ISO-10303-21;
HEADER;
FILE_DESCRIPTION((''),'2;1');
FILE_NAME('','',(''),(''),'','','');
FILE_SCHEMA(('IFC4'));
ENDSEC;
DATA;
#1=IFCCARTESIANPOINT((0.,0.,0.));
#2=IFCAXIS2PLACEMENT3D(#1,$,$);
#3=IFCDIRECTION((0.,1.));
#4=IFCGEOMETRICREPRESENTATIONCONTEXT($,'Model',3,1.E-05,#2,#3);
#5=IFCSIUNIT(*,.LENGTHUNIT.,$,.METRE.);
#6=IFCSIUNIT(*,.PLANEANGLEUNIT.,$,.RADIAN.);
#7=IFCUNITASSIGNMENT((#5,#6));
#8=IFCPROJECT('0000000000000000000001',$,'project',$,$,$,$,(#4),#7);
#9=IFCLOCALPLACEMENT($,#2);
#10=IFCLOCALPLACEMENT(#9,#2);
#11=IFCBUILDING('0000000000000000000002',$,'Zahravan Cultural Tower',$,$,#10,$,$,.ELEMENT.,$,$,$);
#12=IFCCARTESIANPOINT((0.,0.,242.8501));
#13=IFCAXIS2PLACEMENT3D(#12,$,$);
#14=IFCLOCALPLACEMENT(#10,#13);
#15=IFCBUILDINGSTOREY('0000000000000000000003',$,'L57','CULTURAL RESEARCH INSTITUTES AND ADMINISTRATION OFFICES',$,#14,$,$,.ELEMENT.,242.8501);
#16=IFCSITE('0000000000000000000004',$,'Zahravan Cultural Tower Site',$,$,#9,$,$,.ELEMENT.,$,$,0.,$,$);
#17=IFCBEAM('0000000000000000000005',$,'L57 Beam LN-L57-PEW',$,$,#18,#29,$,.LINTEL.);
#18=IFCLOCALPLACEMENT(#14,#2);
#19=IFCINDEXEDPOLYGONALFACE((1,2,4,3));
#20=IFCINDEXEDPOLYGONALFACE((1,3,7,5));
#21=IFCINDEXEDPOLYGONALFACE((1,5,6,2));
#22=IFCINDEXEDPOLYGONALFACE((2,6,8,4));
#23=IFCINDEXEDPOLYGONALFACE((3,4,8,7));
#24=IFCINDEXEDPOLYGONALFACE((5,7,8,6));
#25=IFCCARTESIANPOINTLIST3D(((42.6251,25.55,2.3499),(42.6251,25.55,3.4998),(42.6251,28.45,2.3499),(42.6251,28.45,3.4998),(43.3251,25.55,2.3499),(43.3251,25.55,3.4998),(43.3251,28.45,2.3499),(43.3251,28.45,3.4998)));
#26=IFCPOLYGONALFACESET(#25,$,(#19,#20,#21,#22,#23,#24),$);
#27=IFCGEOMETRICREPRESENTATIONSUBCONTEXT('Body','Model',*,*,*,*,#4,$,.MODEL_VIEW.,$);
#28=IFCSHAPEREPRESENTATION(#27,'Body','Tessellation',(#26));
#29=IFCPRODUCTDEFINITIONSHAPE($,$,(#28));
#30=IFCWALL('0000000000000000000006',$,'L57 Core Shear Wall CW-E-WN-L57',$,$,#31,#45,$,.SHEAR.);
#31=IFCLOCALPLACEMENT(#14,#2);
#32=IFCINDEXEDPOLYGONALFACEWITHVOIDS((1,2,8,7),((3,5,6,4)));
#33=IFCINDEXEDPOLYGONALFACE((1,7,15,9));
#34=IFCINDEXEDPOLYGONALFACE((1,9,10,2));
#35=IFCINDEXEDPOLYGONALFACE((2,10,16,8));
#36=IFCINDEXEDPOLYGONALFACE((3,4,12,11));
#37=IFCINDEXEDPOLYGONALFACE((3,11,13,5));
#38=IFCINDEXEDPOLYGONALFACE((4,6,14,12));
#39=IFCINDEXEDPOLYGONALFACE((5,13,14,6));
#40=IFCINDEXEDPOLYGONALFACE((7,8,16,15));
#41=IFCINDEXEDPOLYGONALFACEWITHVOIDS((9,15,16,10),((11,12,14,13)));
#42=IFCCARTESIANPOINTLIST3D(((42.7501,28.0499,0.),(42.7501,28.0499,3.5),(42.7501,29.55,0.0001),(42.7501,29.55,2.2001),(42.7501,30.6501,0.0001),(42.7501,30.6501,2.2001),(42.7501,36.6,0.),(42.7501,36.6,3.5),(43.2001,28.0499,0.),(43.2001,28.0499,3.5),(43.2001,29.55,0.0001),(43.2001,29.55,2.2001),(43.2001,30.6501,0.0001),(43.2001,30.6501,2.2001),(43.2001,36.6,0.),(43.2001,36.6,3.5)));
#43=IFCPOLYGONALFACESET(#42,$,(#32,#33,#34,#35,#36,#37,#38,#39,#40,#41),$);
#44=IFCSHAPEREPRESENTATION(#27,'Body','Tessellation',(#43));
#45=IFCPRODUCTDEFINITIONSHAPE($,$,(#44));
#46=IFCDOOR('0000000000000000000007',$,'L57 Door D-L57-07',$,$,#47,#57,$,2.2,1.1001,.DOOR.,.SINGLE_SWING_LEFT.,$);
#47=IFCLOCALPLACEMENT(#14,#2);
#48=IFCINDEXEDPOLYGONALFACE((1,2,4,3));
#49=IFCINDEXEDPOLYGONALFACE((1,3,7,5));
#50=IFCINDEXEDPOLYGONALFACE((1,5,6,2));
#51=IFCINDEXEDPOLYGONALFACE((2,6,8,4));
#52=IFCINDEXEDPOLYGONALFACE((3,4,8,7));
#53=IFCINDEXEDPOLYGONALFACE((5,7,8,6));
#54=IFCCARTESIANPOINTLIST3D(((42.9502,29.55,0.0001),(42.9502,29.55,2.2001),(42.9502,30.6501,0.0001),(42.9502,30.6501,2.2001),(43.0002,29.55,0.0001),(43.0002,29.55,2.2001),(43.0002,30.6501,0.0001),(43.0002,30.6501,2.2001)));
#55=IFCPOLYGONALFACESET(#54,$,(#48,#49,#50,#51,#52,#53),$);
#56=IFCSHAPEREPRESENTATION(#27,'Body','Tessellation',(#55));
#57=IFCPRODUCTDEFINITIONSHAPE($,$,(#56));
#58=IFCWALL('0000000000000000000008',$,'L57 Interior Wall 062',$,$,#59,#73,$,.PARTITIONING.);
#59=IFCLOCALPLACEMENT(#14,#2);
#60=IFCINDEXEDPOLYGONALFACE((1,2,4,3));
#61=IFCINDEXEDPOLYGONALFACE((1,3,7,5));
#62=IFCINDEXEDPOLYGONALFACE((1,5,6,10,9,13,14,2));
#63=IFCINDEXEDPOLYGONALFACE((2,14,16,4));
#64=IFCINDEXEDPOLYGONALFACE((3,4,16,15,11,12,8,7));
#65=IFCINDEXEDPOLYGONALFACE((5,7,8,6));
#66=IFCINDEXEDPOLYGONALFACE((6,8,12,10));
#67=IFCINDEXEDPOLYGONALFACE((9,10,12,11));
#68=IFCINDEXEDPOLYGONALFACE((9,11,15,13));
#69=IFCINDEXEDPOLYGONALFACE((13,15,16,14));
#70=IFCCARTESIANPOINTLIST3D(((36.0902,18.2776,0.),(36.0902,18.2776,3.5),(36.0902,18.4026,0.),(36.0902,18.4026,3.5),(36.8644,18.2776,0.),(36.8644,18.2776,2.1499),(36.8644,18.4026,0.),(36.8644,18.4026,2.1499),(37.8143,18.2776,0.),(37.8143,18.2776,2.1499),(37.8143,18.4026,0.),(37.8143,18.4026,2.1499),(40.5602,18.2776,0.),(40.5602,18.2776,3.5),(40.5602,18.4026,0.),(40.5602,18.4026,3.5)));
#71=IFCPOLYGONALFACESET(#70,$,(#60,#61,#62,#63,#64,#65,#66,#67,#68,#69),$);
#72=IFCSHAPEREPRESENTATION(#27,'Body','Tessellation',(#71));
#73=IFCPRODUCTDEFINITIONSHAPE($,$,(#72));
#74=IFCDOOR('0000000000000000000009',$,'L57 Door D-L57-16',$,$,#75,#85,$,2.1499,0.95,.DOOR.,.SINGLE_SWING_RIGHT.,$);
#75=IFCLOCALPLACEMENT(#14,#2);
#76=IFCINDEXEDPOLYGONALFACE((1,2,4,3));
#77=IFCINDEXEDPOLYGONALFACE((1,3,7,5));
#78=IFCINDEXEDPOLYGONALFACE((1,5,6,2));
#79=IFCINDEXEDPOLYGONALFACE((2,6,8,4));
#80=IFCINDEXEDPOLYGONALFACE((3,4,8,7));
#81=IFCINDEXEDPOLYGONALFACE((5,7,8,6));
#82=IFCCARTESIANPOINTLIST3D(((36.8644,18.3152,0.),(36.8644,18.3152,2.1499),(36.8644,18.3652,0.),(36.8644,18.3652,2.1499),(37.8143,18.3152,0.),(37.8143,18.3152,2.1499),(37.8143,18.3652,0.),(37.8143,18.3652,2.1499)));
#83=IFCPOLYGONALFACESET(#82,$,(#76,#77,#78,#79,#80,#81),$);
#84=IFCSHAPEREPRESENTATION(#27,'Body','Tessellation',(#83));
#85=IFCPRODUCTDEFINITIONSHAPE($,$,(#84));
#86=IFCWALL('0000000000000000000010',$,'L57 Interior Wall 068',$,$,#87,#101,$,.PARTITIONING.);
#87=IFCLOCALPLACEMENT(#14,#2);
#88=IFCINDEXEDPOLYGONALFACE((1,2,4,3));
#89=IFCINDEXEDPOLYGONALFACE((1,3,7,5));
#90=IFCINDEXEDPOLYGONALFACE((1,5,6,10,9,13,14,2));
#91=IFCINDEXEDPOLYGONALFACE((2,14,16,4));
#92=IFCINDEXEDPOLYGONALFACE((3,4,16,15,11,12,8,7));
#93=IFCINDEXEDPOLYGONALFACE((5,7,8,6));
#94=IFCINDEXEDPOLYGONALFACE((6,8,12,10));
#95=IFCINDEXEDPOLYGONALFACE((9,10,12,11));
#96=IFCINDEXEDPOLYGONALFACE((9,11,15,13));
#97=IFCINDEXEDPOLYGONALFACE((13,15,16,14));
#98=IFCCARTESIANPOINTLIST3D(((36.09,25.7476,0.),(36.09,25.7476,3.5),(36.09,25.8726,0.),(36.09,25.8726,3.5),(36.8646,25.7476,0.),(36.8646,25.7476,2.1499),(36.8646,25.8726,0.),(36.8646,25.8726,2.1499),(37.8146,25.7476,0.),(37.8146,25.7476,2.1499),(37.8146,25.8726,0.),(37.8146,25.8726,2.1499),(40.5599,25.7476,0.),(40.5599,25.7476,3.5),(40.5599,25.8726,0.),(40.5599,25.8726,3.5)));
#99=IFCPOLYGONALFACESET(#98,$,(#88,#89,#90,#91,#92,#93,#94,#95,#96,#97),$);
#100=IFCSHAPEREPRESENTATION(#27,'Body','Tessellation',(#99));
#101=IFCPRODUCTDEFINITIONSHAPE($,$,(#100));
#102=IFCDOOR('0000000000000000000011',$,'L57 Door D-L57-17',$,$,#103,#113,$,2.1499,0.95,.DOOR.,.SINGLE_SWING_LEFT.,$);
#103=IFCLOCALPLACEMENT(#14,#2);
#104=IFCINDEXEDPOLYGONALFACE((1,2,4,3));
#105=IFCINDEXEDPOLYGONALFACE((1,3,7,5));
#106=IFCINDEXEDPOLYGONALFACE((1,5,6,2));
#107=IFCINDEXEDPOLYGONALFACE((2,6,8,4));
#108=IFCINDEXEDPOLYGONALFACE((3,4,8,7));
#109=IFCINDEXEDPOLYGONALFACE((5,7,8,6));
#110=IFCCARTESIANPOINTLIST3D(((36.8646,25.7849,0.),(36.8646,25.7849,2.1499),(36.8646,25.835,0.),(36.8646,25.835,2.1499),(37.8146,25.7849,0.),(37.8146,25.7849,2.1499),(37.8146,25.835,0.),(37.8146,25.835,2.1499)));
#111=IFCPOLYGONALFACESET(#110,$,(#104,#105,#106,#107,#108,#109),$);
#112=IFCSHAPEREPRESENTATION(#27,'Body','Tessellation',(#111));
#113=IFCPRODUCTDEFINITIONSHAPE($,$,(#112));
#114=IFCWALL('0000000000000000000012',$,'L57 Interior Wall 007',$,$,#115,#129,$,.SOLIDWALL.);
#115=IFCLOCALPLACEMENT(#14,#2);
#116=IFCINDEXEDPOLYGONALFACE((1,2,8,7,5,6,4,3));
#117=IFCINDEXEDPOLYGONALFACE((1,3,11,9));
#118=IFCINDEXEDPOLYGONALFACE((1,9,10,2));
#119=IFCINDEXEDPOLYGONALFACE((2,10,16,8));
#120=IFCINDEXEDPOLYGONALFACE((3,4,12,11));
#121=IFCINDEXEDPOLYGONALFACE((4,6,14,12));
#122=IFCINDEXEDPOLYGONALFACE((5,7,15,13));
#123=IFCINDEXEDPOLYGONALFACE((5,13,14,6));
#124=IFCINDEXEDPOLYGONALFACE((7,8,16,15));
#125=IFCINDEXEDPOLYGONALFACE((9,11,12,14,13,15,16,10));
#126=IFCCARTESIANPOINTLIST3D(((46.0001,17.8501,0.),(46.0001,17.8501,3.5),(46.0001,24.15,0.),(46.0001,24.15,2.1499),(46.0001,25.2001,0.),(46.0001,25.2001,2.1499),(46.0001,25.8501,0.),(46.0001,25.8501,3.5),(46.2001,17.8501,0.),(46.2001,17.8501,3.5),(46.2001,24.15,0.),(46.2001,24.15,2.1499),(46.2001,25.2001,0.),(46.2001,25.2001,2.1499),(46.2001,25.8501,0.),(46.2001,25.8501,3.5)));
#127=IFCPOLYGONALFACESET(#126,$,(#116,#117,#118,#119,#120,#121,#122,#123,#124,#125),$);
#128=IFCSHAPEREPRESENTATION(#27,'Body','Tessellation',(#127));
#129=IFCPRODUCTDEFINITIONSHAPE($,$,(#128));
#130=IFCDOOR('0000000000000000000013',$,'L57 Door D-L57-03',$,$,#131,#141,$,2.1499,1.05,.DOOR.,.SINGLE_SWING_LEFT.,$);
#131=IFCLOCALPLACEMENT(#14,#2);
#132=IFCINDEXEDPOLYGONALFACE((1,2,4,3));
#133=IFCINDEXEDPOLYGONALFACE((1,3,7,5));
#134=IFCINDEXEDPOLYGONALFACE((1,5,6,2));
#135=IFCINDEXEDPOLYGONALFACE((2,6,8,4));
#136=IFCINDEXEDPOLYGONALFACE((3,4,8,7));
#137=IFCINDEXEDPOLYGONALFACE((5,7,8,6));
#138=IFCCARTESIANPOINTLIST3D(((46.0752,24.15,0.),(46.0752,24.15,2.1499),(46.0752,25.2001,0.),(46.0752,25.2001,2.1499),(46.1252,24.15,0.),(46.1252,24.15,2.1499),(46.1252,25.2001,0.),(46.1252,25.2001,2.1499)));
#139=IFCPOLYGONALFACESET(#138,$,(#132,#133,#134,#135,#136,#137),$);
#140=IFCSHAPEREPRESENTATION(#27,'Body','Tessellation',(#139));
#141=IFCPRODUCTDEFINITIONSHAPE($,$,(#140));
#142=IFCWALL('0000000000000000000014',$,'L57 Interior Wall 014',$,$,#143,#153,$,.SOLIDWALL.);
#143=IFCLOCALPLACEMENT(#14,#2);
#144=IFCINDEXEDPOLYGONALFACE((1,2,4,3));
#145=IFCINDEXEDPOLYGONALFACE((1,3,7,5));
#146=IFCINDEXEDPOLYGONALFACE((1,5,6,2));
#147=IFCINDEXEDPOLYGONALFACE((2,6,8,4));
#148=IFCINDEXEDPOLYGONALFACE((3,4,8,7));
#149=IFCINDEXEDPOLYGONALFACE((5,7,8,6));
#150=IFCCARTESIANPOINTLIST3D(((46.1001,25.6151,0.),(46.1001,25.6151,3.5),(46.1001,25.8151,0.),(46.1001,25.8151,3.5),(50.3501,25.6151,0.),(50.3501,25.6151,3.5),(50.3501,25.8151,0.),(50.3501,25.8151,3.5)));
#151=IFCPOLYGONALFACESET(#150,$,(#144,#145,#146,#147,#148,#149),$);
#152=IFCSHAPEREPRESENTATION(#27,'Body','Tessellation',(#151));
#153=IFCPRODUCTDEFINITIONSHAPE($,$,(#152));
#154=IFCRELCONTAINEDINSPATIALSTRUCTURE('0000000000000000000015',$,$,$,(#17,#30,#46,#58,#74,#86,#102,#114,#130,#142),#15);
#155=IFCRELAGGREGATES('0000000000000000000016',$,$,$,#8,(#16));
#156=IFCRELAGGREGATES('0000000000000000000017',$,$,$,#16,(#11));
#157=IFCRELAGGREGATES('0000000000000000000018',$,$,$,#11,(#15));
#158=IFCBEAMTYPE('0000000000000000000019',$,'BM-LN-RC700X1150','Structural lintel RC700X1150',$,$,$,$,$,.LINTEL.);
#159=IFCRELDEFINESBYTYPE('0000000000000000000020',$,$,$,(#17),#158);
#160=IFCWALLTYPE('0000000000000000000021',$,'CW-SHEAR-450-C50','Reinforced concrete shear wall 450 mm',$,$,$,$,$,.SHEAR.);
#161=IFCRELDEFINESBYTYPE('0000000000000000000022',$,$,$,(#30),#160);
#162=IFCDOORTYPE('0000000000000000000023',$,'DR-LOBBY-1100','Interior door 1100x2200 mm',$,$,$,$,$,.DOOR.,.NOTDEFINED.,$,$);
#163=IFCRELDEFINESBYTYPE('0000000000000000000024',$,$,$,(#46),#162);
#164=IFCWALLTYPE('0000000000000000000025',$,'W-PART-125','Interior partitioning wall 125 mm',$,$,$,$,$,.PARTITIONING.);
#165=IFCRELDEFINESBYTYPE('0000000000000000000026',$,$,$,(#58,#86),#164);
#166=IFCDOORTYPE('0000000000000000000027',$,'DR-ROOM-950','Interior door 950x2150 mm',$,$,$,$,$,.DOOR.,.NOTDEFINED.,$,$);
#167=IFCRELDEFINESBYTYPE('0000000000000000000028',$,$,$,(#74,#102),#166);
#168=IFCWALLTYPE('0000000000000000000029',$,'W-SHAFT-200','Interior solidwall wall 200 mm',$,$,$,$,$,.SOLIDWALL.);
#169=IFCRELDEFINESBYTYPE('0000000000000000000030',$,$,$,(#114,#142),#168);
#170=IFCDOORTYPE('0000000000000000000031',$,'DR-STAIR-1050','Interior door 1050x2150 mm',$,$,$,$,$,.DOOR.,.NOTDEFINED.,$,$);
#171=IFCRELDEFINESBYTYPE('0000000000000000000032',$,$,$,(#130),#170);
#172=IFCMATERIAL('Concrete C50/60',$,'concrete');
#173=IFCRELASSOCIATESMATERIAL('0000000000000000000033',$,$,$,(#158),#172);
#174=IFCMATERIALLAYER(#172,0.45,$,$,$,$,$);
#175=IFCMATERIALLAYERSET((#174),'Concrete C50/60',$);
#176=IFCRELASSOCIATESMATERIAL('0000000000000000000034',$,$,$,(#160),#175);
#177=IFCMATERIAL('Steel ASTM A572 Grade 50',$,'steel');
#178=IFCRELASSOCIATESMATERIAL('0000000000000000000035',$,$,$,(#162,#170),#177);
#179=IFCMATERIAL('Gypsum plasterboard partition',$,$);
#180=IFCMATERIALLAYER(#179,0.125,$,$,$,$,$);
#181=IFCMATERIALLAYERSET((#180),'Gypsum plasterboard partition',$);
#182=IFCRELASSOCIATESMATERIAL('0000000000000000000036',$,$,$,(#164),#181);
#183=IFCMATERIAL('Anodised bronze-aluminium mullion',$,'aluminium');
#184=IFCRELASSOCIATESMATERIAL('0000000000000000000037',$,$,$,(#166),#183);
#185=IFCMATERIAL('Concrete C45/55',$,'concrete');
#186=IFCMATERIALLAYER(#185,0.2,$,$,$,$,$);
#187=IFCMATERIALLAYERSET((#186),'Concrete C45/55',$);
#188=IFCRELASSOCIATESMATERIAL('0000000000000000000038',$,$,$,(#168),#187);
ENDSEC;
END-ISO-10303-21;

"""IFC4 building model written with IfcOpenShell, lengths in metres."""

from ifc_helpers import new_model, si_unit, direction, frame, frame_2d, origin, origin_2d, place, context, subcontext, project, spatial, rectangle, extrude, source, transform, mapped, material, layer, layer_set, material_profile, profile_set, type_object, element, fill, save


model = new_model("IFC4")

# Units and contexts
model_context = context("Model", 3, precision=1e-05, world=origin(), true_north=direction((0.0, 1.0)))
body_context = subcontext(model_context, "Body", "Model", "MODEL_VIEW")
ifc_project = project(units=[si_unit("LENGTHUNIT", "METRE"), si_unit("PLANEANGLEUNIT", "RADIAN")], contexts=[model_context])

# Site, building, storey
site_placement = place(None, origin())
site = spatial("IfcSite", under=ifc_project, at=site_placement, Name="Zahravan Cultural Tower Site", CompositionType="ELEMENT", RefElevation=0.0)
building_placement = place(site_placement, origin())
building = spatial("IfcBuilding", under=site, at=building_placement, Name="Zahravan Cultural Tower", CompositionType="ELEMENT")
storey_placement = place(building_placement, frame((0.0, 0.0, 242.8501)))
storey = spatial("IfcBuildingStorey", under=building, at=storey_placement, Name="L57", Description="CULTURAL RESEARCH INSTITUTES AND ADMINISTRATION OFFICES", CompositionType="ELEMENT", Elevation=242.8501)

# Beam
ifc_material_1 = material(Name="Concrete C50/60", Category="concrete")
ifc_material_profile = material_profile(ifc_material_1, rectangle(XDim=0.7, YDim=1.1499, at=origin_2d()), Name="RC700X1150")
ifc_profile_set = profile_set([ifc_material_profile], Name="Concrete C50/60")
beam_type = type_object("IfcBeamType", Name="BM-LN-RC700X1150", Description="Structural lintel RC700X1150", PredefinedType="LINTEL", material=ifc_profile_set)
shared_shape_1 = source(origin(), body_context, "Body", "SweptSolid", [
    extrude(rectangle(XDim=0.7, YDim=1.1499, at=origin_2d()), origin(), (0.0, 0.0, 1.0), 2.8999),
])
beam_placement = place(storey_placement, frame((42.9751, 25.55, 2.9248), z_axis=(0.0, 1.0, 0.0), x_axis=(-1.0, 0.0, 0.0)))
element("IfcBeam", 1, at=beam_placement, inside=storey, type_object=beam_type, Name="L57 Beam LN-L57-PEW", PredefinedType="LINTEL", context=body_context, shape_type="MappedRepresentation", body=[
    mapped(shared_shape_1, transform((0.0, 0.0, 0.0), x_axis=(1.0, 0.0, 0.0), y_axis=(0.0, 1.0, 0.0), z_axis=(0.0, 0.0, 1.0), scale=1.0)),
])

# Walls, openings, doors
ifc_layer_1 = layer(ifc_material_1, 0.45)
ifc_layer_set_1 = layer_set([ifc_layer_1], Name="Concrete C50/60")
wall_type_1 = type_object("IfcWallType", Name="CW-SHEAR-450-C50", Description="Reinforced concrete shear wall 450 mm", PredefinedType="SHEAR", material=ifc_layer_set_1)
wall_1_placement = place(storey_placement, frame((42.9751, 28.05, 0.0), z_axis=(0.0, 0.0, 1.0), x_axis=(0.0, 1.0, 0.0)))
wall_1 = element("IfcWall", 2, at=wall_1_placement, inside=storey, type_object=wall_type_1, Name="L57 Core Shear Wall CW-E-WN-L57", PredefinedType="SHEAR", context=body_context, shape_type="SweptSolid", body=[
    extrude(rectangle(XDim=8.55, YDim=0.45, at=frame_2d((4.2749, 0.0))), origin(), (0.0, 0.0, 1.0), 3.5),
])
opening_1_placement = place(wall_1_placement, frame((1.5, 0.0, 0.0)))
opening_1 = element("IfcOpeningElement", 3, at=opening_1_placement, cuts=wall_1, PredefinedType="OPENING", context=body_context, shape_type="SweptSolid", body=[
    extrude(rectangle(XDim=1.1001, YDim=2.2, at=frame_2d((0.55, 1.1001))), frame((0.0, 0.2349, 0.0), z_axis=(0.0, -1.0, 0.0), x_axis=(1.0, 0.0, 0.0)), (0.0, 0.0, 1.0), 0.47),
])
ifc_material_2 = material(Name="Steel ASTM A572 Grade 50", Category="steel")
door_type_1 = type_object("IfcDoorType", Name="DR-LOBBY-1100", Description="Interior door 1100x2200 mm", OperationType="NOTDEFINED", PredefinedType="DOOR", material=ifc_material_2)
shared_shape_2 = source(origin(), body_context, "Body", "SweptSolid", [
    extrude(rectangle(XDim=1.1001, YDim=2.2, at=frame_2d((0.55, 1.1001))), frame((0.0, 0.0249, 0.0), z_axis=(0.0, -1.0, 0.0), x_axis=(1.0, 0.0, 0.0)), (0.0, 0.0, 1.0), 0.05),
])
door_1_placement = place(opening_1_placement, origin())
door_1 = element("IfcDoor", 4, at=door_1_placement, inside=storey, type_object=door_type_1, Name="L57 Door D-L57-07", OperationType="SINGLE_SWING_LEFT", OverallHeight=2.2, OverallWidth=1.1001, PredefinedType="DOOR", context=body_context, shape_type="MappedRepresentation", body=[
    mapped(shared_shape_2, transform((0.0, 0.0, 0.0), x_axis=(1.0, 0.0, 0.0), y_axis=(0.0, 1.0, 0.0), z_axis=(0.0, 0.0, 1.0), scale=1.0)),
])
fill(opening_1, door_1)
ifc_material_3 = material(Name="Gypsum plasterboard partition")
ifc_layer_2 = layer(ifc_material_3, 0.125)
ifc_layer_set_2 = layer_set([ifc_layer_2], Name="Gypsum plasterboard partition")
wall_type_2 = type_object("IfcWallType", Name="W-PART-125", Description="Interior partitioning wall 125 mm", PredefinedType="PARTITIONING", material=ifc_layer_set_2)
ifc_material_4 = material(Name="Anodised bronze-aluminium mullion", Category="aluminium")
door_type_2 = type_object("IfcDoorType", Name="DR-ROOM-950", Description="Interior door 950x2150 mm", OperationType="NOTDEFINED", PredefinedType="DOOR", material=ifc_material_4)
shared_shape_3 = source(origin(), body_context, "Body", "SweptSolid", [
    extrude(rectangle(XDim=0.95, YDim=2.1499, at=frame_2d((0.4751, 1.075))), frame((0.0, 0.0249, 0.0), z_axis=(0.0, -1.0, 0.0), x_axis=(1.0, 0.0, 0.0)), (0.0, 0.0, 1.0), 0.05),
])
wall_2_placement = place(storey_placement, frame((40.5601, 18.3401, 0.0), z_axis=(0.0, 0.0, 1.0), x_axis=(-1.0, 0.0, 0.0)))
wall_2 = element("IfcWall", 5, at=wall_2_placement, inside=storey, type_object=wall_type_2, Name="L57 Interior Wall 062", PredefinedType="PARTITIONING", context=body_context, shape_type="SweptSolid", body=[
    extrude(rectangle(XDim=4.47, YDim=0.125, at=frame_2d((2.2349, 0.0))), origin(), (0.0, 0.0, 1.0), 3.5),
])
opening_2_placement = place(wall_2_placement, frame((2.7456, 0.0, 0.0)))
opening_2 = element("IfcOpeningElement", 6, at=opening_2_placement, cuts=wall_2, PredefinedType="OPENING", context=body_context, shape_type="SweptSolid", body=[
    extrude(rectangle(XDim=0.95, YDim=2.1499, at=frame_2d((0.4751, 1.075))), frame((0.0, 0.0725, 0.0), z_axis=(0.0, -1.0, 0.0), x_axis=(1.0, 0.0, 0.0)), (0.0, 0.0, 1.0), 0.145),
])
door_2_placement = place(opening_2_placement, origin())
door_2 = element("IfcDoor", 7, at=door_2_placement, inside=storey, type_object=door_type_2, Name="L57 Door D-L57-16", OperationType="SINGLE_SWING_RIGHT", OverallHeight=2.1499, OverallWidth=0.95, PredefinedType="DOOR", context=body_context, shape_type="MappedRepresentation", body=[
    mapped(shared_shape_3, transform((0.0, 0.0, 0.0), x_axis=(1.0, 0.0, 0.0), y_axis=(0.0, 1.0, 0.0), z_axis=(0.0, 0.0, 1.0), scale=1.0)),
])
fill(opening_2, door_2)
wall_3_placement = place(storey_placement, frame((36.0901, 25.8101, 0.0), z_axis=(0.0, 0.0, 1.0), x_axis=(1.0, 0.0, 0.0)))
wall_3 = element("IfcWall", 8, at=wall_3_placement, inside=storey, type_object=wall_type_2, Name="L57 Interior Wall 068", PredefinedType="PARTITIONING", context=body_context, shape_type="SweptSolid", body=[
    extrude(rectangle(XDim=4.47, YDim=0.125, at=frame_2d((2.2349, 0.0))), origin(), (0.0, 0.0, 1.0), 3.5),
])
opening_3_placement = place(wall_3_placement, frame((0.7744, 0.0, 0.0)))
opening_3 = element("IfcOpeningElement", 9, at=opening_3_placement, cuts=wall_3, PredefinedType="OPENING", context=body_context, shape_type="SweptSolid", body=[
    extrude(rectangle(XDim=0.95, YDim=2.1499, at=frame_2d((0.4751, 1.075))), frame((0.0, 0.0725, 0.0), z_axis=(0.0, -1.0, 0.0), x_axis=(1.0, 0.0, 0.0)), (0.0, 0.0, 1.0), 0.145),
])
door_3_placement = place(opening_3_placement, origin())
door_3 = element("IfcDoor", 10, at=door_3_placement, inside=storey, type_object=door_type_2, Name="L57 Door D-L57-17", OperationType="SINGLE_SWING_LEFT", OverallHeight=2.1499, OverallWidth=0.95, PredefinedType="DOOR", context=body_context, shape_type="MappedRepresentation", body=[
    mapped(shared_shape_3, transform((0.0, 0.0, 0.0), x_axis=(1.0, 0.0, 0.0), y_axis=(0.0, 1.0, 0.0), z_axis=(0.0, 0.0, 1.0), scale=1.0)),
])
fill(opening_3, door_3)
ifc_material_5 = material(Name="Concrete C45/55", Category="concrete")
ifc_layer_3 = layer(ifc_material_5, 0.2)
ifc_layer_set_3 = layer_set([ifc_layer_3], Name="Concrete C45/55")
wall_type_3 = type_object("IfcWallType", Name="W-SHAFT-200", Description="Interior solidwall wall 200 mm", PredefinedType="SOLIDWALL", material=ifc_layer_set_3)
wall_4_placement = place(storey_placement, frame((46.1001, 17.8501, 0.0), z_axis=(0.0, 0.0, 1.0), x_axis=(0.0, 1.0, 0.0)))
wall_4 = element("IfcWall", 11, at=wall_4_placement, inside=storey, type_object=wall_type_3, Name="L57 Interior Wall 007", PredefinedType="SOLIDWALL", context=body_context, shape_type="SweptSolid", body=[
    extrude(rectangle(XDim=8.0, YDim=0.2, at=frame_2d((4.0, 0.0))), origin(), (0.0, 0.0, 1.0), 3.5),
])
opening_4_placement = place(wall_4_placement, frame((6.3, 0.0, 0.0)))
opening_4 = element("IfcOpeningElement", 12, at=opening_4_placement, cuts=wall_4, PredefinedType="OPENING", context=body_context, shape_type="SweptSolid", body=[
    extrude(rectangle(XDim=1.05, YDim=2.1499, at=frame_2d((0.5249, 1.075))), frame((0.0, 0.1099, 0.0), z_axis=(0.0, -1.0, 0.0), x_axis=(1.0, 0.0, 0.0)), (0.0, 0.0, 1.0), 0.22),
])
door_type_3 = type_object("IfcDoorType", Name="DR-STAIR-1050", Description="Interior door 1050x2150 mm", OperationType="NOTDEFINED", PredefinedType="DOOR", material=ifc_material_2)
shared_shape_4 = source(origin(), body_context, "Body", "SweptSolid", [
    extrude(rectangle(XDim=1.05, YDim=2.1499, at=frame_2d((0.5249, 1.075))), frame((0.0, 0.0249, 0.0), z_axis=(0.0, -1.0, 0.0), x_axis=(1.0, 0.0, 0.0)), (0.0, 0.0, 1.0), 0.05),
])
door_4_placement = place(opening_4_placement, origin())
door_4 = element("IfcDoor", 13, at=door_4_placement, inside=storey, type_object=door_type_3, Name="L57 Door D-L57-03", OperationType="SINGLE_SWING_LEFT", OverallHeight=2.1499, OverallWidth=1.05, PredefinedType="DOOR", context=body_context, shape_type="MappedRepresentation", body=[
    mapped(shared_shape_4, transform((0.0, 0.0, 0.0), x_axis=(1.0, 0.0, 0.0), y_axis=(0.0, 1.0, 0.0), z_axis=(0.0, 0.0, 1.0), scale=1.0)),
])
fill(opening_4, door_4)

# Wall
shared_shape_5 = source(origin(), body_context, "Body", "SweptSolid", [
    extrude(rectangle(XDim=4.25, YDim=0.2, at=frame_2d((2.125, 0.0))), origin(), (0.0, 0.0, 1.0), 3.5),
])
wall_5_placement = place(storey_placement, frame((46.1001, 25.7151, 0.0), z_axis=(0.0, 0.0, 1.0), x_axis=(1.0, 0.0, 0.0)))
element("IfcWall", 14, at=wall_5_placement, inside=storey, type_object=wall_type_3, Name="L57 Interior Wall 014", PredefinedType="SOLIDWALL", context=body_context, shape_type="MappedRepresentation", body=[
    mapped(shared_shape_5, transform((0.0, 0.0, 0.0), x_axis=(1.0, 0.0, 0.0), y_axis=(0.0, 1.0, 0.0), z_axis=(0.0, 0.0, 1.0), scale=1.0)),
])

save(model, "model.ifc")
